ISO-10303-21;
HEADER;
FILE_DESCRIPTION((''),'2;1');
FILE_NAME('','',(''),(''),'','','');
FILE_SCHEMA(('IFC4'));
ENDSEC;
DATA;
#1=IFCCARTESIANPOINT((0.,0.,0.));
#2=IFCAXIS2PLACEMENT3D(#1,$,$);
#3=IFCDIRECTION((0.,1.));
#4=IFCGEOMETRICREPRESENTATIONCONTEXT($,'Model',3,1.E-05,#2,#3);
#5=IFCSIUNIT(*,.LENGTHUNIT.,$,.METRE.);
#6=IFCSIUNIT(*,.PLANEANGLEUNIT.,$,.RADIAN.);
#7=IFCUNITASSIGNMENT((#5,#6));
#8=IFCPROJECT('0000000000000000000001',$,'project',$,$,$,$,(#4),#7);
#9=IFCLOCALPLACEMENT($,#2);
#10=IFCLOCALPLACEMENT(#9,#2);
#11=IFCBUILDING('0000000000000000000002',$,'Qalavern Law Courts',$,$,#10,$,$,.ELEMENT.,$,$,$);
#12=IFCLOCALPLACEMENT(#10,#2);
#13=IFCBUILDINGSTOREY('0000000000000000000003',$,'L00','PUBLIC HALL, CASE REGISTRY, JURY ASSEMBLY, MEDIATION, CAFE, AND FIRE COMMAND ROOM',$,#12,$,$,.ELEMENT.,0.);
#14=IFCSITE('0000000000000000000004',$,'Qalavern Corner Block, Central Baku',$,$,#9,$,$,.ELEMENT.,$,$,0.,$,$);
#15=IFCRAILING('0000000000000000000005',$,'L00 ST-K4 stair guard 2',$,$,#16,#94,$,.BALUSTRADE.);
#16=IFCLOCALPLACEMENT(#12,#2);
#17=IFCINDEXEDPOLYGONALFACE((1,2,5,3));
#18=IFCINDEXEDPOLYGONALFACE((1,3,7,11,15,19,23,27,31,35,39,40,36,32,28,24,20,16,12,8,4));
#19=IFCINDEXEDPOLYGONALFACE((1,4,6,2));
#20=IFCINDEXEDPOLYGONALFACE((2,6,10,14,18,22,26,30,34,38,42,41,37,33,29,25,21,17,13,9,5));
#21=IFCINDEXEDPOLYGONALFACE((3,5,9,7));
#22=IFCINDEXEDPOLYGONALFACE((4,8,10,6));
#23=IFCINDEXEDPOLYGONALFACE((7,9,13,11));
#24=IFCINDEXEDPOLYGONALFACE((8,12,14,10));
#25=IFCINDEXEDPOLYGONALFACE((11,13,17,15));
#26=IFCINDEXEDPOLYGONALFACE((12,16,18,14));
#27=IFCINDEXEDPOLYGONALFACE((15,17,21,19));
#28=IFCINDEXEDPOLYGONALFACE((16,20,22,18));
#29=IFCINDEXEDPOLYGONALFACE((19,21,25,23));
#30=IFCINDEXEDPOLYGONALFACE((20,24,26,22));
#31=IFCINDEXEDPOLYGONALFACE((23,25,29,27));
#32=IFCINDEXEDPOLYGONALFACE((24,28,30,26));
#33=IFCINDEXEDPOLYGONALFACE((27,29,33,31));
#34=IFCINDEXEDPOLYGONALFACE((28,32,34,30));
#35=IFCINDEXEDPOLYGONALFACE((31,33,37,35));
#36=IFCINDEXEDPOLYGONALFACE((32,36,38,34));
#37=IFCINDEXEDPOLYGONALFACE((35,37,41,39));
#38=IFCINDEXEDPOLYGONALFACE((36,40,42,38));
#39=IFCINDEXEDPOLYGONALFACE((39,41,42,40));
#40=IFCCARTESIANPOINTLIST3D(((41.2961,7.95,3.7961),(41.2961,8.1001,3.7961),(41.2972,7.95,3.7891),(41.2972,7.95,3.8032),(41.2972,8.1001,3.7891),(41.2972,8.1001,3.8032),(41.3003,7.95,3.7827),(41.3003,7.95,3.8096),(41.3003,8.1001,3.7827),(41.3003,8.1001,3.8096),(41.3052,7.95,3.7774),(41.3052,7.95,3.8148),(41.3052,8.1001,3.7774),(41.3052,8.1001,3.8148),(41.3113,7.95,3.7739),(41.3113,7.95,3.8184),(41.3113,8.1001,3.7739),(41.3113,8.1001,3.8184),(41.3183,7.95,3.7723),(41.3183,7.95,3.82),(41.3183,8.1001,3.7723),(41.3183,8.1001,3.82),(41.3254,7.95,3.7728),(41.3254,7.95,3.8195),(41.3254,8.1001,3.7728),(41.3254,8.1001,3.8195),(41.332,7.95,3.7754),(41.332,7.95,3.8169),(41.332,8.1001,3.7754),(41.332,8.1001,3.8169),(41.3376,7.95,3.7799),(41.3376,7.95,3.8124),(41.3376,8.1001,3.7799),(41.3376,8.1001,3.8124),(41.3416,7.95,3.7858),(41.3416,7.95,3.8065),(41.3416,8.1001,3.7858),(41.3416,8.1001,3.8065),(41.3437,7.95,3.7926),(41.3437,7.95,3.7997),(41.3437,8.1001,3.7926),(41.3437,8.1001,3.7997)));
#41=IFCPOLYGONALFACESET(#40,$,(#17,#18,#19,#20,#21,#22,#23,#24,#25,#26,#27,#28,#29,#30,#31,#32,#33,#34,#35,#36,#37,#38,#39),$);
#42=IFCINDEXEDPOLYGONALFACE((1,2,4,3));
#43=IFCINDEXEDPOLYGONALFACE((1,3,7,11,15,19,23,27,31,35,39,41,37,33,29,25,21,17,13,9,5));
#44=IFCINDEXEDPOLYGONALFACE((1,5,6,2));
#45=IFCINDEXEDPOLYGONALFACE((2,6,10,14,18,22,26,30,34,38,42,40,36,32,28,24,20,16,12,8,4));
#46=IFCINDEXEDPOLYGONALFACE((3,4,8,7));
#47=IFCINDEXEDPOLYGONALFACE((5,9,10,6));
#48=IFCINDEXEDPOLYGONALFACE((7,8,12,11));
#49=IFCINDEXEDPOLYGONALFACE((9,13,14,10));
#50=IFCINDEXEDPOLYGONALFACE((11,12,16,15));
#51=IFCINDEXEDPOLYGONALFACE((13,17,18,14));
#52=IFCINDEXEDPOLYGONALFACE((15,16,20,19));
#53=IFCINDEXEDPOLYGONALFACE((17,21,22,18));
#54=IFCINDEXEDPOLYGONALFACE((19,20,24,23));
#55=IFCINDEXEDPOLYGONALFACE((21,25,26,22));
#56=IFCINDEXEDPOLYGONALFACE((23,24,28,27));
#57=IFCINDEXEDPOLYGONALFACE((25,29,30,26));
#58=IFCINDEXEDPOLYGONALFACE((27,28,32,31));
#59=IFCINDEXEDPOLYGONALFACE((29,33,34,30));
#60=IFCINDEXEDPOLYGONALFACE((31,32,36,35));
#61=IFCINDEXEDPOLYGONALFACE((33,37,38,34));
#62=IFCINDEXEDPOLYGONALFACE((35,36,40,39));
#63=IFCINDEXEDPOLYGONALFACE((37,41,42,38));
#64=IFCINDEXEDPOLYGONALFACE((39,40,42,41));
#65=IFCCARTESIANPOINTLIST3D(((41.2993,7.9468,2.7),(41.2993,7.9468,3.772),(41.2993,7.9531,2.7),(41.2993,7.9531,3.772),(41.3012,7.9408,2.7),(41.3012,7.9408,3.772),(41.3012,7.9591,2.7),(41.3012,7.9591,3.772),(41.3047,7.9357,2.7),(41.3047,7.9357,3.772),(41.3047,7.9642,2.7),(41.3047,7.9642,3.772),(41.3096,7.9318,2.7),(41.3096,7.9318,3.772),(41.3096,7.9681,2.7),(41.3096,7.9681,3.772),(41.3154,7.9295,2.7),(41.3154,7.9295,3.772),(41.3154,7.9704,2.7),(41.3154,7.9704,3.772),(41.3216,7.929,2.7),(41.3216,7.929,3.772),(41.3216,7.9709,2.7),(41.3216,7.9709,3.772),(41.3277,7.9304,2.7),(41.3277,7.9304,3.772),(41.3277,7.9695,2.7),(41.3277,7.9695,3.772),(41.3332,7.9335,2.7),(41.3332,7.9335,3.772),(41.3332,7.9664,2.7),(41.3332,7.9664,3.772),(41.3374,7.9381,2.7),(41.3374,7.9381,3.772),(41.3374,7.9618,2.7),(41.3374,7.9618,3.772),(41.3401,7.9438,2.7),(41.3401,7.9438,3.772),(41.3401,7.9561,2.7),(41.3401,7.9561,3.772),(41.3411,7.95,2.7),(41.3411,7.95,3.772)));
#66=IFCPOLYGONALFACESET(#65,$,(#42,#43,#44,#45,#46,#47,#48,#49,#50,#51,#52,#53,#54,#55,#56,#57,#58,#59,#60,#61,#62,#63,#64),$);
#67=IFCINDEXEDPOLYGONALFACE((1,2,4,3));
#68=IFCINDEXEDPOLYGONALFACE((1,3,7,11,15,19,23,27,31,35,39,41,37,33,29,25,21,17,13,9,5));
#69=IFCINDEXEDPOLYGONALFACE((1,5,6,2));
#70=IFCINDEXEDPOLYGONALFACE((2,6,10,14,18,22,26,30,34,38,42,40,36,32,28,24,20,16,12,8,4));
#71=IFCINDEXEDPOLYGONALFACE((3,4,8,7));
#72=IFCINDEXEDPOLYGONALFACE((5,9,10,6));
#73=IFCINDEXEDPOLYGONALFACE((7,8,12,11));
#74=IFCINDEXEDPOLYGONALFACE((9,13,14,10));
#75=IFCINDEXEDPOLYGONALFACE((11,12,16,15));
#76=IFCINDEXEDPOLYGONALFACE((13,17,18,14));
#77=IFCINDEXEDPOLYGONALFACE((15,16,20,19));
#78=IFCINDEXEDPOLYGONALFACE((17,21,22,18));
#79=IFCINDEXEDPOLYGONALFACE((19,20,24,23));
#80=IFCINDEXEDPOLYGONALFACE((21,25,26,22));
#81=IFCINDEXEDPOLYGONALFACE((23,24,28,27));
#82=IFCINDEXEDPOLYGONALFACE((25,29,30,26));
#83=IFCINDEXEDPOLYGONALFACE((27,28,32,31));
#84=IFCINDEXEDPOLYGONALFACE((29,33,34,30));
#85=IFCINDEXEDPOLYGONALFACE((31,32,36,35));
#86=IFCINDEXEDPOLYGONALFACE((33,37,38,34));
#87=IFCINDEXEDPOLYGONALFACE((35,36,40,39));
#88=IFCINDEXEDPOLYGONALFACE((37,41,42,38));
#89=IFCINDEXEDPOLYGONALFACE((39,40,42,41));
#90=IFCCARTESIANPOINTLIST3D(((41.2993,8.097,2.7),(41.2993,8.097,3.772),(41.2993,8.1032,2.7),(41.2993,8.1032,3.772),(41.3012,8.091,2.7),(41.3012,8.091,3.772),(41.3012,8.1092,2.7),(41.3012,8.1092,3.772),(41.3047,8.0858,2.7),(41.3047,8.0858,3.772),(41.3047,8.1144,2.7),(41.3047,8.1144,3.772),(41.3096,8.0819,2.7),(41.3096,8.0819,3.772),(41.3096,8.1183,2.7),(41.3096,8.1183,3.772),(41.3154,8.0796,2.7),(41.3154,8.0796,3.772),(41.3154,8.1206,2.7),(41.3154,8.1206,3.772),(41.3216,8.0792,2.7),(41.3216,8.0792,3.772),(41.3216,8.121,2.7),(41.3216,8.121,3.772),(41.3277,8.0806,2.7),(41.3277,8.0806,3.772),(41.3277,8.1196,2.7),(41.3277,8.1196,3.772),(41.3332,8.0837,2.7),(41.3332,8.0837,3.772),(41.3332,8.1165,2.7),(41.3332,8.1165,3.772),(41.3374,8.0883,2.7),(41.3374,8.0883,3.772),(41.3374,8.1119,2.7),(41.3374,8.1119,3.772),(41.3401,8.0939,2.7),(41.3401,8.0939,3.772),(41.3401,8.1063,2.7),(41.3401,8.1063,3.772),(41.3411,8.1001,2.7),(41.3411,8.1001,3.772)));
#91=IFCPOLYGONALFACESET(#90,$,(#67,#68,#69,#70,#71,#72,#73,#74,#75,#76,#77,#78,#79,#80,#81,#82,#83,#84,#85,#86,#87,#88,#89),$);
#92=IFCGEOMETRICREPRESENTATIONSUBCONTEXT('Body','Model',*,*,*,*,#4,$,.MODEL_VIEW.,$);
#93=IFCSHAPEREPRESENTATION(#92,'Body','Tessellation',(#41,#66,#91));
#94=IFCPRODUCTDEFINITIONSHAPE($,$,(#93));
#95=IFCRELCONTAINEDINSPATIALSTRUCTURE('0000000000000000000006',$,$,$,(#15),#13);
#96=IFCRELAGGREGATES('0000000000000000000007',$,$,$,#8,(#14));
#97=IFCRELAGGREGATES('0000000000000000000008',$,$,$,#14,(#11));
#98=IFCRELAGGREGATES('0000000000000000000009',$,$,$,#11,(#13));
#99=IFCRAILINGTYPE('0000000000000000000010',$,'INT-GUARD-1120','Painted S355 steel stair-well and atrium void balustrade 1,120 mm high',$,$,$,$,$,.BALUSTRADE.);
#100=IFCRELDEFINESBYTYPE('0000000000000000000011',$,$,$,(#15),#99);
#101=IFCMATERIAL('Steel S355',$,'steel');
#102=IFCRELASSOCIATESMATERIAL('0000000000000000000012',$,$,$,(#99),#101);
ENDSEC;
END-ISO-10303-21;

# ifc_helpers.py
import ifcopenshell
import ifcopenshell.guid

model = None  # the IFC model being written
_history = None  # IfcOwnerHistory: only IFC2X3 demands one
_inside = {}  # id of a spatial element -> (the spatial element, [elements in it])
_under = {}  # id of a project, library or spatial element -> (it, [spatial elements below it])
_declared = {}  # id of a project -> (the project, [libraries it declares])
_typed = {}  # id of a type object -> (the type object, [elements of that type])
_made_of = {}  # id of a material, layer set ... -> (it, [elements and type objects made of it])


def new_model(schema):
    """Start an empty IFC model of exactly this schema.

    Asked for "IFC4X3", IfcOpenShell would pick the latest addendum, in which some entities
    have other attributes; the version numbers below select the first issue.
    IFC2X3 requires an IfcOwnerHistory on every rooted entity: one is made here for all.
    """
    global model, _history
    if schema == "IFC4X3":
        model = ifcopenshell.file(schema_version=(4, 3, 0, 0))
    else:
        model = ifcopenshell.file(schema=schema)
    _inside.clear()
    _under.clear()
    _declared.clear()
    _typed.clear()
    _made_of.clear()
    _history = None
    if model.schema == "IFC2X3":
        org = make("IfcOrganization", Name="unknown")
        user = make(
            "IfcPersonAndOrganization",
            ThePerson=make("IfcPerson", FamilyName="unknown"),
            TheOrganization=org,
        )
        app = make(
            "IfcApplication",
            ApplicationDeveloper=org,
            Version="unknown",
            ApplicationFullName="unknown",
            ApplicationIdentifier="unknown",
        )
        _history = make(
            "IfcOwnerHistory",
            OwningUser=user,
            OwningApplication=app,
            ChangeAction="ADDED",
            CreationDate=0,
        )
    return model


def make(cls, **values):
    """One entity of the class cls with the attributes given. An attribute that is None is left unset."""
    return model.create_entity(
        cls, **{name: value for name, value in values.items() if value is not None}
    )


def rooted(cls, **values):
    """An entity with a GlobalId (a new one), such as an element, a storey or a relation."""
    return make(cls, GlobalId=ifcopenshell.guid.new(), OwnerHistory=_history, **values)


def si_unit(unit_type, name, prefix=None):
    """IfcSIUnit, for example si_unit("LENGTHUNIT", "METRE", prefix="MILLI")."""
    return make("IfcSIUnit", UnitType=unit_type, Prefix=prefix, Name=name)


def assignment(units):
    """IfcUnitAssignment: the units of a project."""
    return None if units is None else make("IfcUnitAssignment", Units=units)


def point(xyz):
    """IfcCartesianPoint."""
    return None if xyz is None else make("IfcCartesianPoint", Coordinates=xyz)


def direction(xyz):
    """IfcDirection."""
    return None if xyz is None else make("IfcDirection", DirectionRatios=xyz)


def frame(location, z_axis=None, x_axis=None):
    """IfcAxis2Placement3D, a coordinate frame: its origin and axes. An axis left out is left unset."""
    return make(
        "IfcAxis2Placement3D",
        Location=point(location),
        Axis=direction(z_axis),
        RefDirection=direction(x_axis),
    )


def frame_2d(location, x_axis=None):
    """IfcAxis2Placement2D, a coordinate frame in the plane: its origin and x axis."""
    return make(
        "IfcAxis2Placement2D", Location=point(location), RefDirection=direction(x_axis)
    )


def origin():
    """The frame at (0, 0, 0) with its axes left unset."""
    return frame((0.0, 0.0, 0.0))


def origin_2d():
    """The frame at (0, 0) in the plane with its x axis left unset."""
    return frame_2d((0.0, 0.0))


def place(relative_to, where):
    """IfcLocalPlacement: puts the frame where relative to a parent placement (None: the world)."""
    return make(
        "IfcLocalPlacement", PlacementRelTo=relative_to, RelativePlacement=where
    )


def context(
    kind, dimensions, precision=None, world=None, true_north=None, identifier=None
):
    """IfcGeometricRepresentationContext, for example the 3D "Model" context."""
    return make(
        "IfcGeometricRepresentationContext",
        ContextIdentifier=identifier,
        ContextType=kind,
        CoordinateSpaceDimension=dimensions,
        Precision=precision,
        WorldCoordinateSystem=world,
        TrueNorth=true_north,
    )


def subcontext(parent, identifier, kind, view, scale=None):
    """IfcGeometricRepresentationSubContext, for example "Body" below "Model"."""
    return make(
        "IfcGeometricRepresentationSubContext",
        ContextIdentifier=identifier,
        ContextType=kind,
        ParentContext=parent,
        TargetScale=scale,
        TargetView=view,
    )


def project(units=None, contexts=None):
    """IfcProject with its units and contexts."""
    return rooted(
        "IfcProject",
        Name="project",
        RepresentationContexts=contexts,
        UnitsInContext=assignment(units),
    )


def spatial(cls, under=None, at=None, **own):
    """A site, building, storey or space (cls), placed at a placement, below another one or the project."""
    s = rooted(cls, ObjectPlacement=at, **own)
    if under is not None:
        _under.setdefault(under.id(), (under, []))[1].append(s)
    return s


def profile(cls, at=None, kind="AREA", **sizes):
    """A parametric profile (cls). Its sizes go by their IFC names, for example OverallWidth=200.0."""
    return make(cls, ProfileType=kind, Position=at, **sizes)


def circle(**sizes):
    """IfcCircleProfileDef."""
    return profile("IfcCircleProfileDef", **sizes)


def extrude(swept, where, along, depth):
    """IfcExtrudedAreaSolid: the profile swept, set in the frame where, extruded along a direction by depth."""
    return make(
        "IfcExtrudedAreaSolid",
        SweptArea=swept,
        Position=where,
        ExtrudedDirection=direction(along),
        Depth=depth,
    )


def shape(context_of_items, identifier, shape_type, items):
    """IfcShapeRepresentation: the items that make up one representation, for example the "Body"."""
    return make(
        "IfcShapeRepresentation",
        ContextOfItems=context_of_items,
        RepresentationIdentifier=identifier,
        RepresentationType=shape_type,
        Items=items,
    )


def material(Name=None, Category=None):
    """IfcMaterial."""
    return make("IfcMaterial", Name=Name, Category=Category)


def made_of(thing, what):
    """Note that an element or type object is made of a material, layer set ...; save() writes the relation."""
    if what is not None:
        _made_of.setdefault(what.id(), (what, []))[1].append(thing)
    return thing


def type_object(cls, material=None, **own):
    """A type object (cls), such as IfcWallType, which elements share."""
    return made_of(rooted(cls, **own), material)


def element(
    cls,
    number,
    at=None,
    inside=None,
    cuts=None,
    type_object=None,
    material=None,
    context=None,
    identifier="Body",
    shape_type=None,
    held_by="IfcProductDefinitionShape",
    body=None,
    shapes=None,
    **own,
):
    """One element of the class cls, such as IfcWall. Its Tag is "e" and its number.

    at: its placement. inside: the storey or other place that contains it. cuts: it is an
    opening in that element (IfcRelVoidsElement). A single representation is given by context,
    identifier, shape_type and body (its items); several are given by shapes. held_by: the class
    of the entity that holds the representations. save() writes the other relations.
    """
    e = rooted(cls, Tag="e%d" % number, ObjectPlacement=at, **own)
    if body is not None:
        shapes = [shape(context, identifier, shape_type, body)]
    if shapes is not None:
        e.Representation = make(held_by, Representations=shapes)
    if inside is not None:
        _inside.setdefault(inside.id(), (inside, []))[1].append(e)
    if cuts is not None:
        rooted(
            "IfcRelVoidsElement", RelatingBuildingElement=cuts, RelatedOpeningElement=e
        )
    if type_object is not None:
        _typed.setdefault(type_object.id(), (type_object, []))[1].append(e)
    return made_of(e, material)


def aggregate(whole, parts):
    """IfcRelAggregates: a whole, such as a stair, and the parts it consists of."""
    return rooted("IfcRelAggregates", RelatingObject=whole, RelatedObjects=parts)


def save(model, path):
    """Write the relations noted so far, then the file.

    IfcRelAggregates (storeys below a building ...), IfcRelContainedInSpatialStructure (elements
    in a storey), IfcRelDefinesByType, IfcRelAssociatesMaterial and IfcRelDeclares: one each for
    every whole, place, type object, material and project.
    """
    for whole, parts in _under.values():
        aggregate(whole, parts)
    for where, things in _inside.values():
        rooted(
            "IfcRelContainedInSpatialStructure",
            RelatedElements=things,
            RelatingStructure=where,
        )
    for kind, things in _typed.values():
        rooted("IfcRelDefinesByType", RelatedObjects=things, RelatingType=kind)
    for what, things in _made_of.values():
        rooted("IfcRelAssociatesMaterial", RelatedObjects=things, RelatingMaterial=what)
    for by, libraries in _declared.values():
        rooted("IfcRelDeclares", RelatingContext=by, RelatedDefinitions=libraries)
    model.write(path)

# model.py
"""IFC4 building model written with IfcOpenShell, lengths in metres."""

from ifc_helpers import new_model, si_unit, direction, frame, origin, origin_2d, place, context, subcontext, project, spatial, circle, extrude, material, type_object, element, save


model = new_model("IFC4")

# Units and contexts
model_context = context("Model", 3, precision=1e-05, world=origin(), true_north=direction((0.0, 1.0)))
body_context = subcontext(model_context, "Body", "Model", "MODEL_VIEW")
ifc_project = project(units=[si_unit("LENGTHUNIT", "METRE"), si_unit("PLANEANGLEUNIT", "RADIAN")], contexts=[model_context])

# Site, building, storey
site_placement = place(None, origin())
site = spatial("IfcSite", under=ifc_project, at=site_placement, Name="Qalavern Corner Block, Central Baku", CompositionType="ELEMENT", RefElevation=0.0)
building_placement = place(site_placement, origin())
building = spatial("IfcBuilding", under=site, at=building_placement, Name="Qalavern Law Courts", CompositionType="ELEMENT")
storey_placement = place(building_placement, origin())
storey = spatial("IfcBuildingStorey", under=building, at=storey_placement, Name="L00", Description="PUBLIC HALL, CASE REGISTRY, JURY ASSEMBLY, MEDIATION, CAFE, AND FIRE COMMAND ROOM", CompositionType="ELEMENT", Elevation=0.0)

# Shared definitions
ifc_material_1 = material(Name="Steel S355", Category="steel")

# Railing
railing_type_1 = type_object("IfcRailingType", Name="INT-GUARD-1120", Description="Painted S355 steel stair-well and atrium void balustrade 1,120 mm high", PredefinedType="BALUSTRADE", material=ifc_material_1)
railing_1_placement = place(storey_placement, frame((41.3201, 7.95, 2.7)))
element("IfcRailing", 1, at=railing_1_placement, inside=storey, type_object=railing_type_1, Name="L00 ST-K4 stair guard 2", PredefinedType="BALUSTRADE", context=body_context, shape_type="SweptSolid", body=[
    extrude(circle(Radius=0.0239, at=origin_2d()), frame((0.0, 0.0, 1.0962), z_axis=(0.0, 1.0, 0.0), x_axis=(-1.0, 0.0, 0.0)), (0.0, 0.0, 1.0), 0.1501),
    extrude(circle(Radius=0.021, at=origin_2d()), origin(), (0.0, 0.0, 1.0), 1.072),
    extrude(circle(Radius=0.021, at=origin_2d()), frame((0.0, 0.1501, 0.0)), (0.0, 0.0, 1.0), 1.072),
])

save(model, "model.ifc")
